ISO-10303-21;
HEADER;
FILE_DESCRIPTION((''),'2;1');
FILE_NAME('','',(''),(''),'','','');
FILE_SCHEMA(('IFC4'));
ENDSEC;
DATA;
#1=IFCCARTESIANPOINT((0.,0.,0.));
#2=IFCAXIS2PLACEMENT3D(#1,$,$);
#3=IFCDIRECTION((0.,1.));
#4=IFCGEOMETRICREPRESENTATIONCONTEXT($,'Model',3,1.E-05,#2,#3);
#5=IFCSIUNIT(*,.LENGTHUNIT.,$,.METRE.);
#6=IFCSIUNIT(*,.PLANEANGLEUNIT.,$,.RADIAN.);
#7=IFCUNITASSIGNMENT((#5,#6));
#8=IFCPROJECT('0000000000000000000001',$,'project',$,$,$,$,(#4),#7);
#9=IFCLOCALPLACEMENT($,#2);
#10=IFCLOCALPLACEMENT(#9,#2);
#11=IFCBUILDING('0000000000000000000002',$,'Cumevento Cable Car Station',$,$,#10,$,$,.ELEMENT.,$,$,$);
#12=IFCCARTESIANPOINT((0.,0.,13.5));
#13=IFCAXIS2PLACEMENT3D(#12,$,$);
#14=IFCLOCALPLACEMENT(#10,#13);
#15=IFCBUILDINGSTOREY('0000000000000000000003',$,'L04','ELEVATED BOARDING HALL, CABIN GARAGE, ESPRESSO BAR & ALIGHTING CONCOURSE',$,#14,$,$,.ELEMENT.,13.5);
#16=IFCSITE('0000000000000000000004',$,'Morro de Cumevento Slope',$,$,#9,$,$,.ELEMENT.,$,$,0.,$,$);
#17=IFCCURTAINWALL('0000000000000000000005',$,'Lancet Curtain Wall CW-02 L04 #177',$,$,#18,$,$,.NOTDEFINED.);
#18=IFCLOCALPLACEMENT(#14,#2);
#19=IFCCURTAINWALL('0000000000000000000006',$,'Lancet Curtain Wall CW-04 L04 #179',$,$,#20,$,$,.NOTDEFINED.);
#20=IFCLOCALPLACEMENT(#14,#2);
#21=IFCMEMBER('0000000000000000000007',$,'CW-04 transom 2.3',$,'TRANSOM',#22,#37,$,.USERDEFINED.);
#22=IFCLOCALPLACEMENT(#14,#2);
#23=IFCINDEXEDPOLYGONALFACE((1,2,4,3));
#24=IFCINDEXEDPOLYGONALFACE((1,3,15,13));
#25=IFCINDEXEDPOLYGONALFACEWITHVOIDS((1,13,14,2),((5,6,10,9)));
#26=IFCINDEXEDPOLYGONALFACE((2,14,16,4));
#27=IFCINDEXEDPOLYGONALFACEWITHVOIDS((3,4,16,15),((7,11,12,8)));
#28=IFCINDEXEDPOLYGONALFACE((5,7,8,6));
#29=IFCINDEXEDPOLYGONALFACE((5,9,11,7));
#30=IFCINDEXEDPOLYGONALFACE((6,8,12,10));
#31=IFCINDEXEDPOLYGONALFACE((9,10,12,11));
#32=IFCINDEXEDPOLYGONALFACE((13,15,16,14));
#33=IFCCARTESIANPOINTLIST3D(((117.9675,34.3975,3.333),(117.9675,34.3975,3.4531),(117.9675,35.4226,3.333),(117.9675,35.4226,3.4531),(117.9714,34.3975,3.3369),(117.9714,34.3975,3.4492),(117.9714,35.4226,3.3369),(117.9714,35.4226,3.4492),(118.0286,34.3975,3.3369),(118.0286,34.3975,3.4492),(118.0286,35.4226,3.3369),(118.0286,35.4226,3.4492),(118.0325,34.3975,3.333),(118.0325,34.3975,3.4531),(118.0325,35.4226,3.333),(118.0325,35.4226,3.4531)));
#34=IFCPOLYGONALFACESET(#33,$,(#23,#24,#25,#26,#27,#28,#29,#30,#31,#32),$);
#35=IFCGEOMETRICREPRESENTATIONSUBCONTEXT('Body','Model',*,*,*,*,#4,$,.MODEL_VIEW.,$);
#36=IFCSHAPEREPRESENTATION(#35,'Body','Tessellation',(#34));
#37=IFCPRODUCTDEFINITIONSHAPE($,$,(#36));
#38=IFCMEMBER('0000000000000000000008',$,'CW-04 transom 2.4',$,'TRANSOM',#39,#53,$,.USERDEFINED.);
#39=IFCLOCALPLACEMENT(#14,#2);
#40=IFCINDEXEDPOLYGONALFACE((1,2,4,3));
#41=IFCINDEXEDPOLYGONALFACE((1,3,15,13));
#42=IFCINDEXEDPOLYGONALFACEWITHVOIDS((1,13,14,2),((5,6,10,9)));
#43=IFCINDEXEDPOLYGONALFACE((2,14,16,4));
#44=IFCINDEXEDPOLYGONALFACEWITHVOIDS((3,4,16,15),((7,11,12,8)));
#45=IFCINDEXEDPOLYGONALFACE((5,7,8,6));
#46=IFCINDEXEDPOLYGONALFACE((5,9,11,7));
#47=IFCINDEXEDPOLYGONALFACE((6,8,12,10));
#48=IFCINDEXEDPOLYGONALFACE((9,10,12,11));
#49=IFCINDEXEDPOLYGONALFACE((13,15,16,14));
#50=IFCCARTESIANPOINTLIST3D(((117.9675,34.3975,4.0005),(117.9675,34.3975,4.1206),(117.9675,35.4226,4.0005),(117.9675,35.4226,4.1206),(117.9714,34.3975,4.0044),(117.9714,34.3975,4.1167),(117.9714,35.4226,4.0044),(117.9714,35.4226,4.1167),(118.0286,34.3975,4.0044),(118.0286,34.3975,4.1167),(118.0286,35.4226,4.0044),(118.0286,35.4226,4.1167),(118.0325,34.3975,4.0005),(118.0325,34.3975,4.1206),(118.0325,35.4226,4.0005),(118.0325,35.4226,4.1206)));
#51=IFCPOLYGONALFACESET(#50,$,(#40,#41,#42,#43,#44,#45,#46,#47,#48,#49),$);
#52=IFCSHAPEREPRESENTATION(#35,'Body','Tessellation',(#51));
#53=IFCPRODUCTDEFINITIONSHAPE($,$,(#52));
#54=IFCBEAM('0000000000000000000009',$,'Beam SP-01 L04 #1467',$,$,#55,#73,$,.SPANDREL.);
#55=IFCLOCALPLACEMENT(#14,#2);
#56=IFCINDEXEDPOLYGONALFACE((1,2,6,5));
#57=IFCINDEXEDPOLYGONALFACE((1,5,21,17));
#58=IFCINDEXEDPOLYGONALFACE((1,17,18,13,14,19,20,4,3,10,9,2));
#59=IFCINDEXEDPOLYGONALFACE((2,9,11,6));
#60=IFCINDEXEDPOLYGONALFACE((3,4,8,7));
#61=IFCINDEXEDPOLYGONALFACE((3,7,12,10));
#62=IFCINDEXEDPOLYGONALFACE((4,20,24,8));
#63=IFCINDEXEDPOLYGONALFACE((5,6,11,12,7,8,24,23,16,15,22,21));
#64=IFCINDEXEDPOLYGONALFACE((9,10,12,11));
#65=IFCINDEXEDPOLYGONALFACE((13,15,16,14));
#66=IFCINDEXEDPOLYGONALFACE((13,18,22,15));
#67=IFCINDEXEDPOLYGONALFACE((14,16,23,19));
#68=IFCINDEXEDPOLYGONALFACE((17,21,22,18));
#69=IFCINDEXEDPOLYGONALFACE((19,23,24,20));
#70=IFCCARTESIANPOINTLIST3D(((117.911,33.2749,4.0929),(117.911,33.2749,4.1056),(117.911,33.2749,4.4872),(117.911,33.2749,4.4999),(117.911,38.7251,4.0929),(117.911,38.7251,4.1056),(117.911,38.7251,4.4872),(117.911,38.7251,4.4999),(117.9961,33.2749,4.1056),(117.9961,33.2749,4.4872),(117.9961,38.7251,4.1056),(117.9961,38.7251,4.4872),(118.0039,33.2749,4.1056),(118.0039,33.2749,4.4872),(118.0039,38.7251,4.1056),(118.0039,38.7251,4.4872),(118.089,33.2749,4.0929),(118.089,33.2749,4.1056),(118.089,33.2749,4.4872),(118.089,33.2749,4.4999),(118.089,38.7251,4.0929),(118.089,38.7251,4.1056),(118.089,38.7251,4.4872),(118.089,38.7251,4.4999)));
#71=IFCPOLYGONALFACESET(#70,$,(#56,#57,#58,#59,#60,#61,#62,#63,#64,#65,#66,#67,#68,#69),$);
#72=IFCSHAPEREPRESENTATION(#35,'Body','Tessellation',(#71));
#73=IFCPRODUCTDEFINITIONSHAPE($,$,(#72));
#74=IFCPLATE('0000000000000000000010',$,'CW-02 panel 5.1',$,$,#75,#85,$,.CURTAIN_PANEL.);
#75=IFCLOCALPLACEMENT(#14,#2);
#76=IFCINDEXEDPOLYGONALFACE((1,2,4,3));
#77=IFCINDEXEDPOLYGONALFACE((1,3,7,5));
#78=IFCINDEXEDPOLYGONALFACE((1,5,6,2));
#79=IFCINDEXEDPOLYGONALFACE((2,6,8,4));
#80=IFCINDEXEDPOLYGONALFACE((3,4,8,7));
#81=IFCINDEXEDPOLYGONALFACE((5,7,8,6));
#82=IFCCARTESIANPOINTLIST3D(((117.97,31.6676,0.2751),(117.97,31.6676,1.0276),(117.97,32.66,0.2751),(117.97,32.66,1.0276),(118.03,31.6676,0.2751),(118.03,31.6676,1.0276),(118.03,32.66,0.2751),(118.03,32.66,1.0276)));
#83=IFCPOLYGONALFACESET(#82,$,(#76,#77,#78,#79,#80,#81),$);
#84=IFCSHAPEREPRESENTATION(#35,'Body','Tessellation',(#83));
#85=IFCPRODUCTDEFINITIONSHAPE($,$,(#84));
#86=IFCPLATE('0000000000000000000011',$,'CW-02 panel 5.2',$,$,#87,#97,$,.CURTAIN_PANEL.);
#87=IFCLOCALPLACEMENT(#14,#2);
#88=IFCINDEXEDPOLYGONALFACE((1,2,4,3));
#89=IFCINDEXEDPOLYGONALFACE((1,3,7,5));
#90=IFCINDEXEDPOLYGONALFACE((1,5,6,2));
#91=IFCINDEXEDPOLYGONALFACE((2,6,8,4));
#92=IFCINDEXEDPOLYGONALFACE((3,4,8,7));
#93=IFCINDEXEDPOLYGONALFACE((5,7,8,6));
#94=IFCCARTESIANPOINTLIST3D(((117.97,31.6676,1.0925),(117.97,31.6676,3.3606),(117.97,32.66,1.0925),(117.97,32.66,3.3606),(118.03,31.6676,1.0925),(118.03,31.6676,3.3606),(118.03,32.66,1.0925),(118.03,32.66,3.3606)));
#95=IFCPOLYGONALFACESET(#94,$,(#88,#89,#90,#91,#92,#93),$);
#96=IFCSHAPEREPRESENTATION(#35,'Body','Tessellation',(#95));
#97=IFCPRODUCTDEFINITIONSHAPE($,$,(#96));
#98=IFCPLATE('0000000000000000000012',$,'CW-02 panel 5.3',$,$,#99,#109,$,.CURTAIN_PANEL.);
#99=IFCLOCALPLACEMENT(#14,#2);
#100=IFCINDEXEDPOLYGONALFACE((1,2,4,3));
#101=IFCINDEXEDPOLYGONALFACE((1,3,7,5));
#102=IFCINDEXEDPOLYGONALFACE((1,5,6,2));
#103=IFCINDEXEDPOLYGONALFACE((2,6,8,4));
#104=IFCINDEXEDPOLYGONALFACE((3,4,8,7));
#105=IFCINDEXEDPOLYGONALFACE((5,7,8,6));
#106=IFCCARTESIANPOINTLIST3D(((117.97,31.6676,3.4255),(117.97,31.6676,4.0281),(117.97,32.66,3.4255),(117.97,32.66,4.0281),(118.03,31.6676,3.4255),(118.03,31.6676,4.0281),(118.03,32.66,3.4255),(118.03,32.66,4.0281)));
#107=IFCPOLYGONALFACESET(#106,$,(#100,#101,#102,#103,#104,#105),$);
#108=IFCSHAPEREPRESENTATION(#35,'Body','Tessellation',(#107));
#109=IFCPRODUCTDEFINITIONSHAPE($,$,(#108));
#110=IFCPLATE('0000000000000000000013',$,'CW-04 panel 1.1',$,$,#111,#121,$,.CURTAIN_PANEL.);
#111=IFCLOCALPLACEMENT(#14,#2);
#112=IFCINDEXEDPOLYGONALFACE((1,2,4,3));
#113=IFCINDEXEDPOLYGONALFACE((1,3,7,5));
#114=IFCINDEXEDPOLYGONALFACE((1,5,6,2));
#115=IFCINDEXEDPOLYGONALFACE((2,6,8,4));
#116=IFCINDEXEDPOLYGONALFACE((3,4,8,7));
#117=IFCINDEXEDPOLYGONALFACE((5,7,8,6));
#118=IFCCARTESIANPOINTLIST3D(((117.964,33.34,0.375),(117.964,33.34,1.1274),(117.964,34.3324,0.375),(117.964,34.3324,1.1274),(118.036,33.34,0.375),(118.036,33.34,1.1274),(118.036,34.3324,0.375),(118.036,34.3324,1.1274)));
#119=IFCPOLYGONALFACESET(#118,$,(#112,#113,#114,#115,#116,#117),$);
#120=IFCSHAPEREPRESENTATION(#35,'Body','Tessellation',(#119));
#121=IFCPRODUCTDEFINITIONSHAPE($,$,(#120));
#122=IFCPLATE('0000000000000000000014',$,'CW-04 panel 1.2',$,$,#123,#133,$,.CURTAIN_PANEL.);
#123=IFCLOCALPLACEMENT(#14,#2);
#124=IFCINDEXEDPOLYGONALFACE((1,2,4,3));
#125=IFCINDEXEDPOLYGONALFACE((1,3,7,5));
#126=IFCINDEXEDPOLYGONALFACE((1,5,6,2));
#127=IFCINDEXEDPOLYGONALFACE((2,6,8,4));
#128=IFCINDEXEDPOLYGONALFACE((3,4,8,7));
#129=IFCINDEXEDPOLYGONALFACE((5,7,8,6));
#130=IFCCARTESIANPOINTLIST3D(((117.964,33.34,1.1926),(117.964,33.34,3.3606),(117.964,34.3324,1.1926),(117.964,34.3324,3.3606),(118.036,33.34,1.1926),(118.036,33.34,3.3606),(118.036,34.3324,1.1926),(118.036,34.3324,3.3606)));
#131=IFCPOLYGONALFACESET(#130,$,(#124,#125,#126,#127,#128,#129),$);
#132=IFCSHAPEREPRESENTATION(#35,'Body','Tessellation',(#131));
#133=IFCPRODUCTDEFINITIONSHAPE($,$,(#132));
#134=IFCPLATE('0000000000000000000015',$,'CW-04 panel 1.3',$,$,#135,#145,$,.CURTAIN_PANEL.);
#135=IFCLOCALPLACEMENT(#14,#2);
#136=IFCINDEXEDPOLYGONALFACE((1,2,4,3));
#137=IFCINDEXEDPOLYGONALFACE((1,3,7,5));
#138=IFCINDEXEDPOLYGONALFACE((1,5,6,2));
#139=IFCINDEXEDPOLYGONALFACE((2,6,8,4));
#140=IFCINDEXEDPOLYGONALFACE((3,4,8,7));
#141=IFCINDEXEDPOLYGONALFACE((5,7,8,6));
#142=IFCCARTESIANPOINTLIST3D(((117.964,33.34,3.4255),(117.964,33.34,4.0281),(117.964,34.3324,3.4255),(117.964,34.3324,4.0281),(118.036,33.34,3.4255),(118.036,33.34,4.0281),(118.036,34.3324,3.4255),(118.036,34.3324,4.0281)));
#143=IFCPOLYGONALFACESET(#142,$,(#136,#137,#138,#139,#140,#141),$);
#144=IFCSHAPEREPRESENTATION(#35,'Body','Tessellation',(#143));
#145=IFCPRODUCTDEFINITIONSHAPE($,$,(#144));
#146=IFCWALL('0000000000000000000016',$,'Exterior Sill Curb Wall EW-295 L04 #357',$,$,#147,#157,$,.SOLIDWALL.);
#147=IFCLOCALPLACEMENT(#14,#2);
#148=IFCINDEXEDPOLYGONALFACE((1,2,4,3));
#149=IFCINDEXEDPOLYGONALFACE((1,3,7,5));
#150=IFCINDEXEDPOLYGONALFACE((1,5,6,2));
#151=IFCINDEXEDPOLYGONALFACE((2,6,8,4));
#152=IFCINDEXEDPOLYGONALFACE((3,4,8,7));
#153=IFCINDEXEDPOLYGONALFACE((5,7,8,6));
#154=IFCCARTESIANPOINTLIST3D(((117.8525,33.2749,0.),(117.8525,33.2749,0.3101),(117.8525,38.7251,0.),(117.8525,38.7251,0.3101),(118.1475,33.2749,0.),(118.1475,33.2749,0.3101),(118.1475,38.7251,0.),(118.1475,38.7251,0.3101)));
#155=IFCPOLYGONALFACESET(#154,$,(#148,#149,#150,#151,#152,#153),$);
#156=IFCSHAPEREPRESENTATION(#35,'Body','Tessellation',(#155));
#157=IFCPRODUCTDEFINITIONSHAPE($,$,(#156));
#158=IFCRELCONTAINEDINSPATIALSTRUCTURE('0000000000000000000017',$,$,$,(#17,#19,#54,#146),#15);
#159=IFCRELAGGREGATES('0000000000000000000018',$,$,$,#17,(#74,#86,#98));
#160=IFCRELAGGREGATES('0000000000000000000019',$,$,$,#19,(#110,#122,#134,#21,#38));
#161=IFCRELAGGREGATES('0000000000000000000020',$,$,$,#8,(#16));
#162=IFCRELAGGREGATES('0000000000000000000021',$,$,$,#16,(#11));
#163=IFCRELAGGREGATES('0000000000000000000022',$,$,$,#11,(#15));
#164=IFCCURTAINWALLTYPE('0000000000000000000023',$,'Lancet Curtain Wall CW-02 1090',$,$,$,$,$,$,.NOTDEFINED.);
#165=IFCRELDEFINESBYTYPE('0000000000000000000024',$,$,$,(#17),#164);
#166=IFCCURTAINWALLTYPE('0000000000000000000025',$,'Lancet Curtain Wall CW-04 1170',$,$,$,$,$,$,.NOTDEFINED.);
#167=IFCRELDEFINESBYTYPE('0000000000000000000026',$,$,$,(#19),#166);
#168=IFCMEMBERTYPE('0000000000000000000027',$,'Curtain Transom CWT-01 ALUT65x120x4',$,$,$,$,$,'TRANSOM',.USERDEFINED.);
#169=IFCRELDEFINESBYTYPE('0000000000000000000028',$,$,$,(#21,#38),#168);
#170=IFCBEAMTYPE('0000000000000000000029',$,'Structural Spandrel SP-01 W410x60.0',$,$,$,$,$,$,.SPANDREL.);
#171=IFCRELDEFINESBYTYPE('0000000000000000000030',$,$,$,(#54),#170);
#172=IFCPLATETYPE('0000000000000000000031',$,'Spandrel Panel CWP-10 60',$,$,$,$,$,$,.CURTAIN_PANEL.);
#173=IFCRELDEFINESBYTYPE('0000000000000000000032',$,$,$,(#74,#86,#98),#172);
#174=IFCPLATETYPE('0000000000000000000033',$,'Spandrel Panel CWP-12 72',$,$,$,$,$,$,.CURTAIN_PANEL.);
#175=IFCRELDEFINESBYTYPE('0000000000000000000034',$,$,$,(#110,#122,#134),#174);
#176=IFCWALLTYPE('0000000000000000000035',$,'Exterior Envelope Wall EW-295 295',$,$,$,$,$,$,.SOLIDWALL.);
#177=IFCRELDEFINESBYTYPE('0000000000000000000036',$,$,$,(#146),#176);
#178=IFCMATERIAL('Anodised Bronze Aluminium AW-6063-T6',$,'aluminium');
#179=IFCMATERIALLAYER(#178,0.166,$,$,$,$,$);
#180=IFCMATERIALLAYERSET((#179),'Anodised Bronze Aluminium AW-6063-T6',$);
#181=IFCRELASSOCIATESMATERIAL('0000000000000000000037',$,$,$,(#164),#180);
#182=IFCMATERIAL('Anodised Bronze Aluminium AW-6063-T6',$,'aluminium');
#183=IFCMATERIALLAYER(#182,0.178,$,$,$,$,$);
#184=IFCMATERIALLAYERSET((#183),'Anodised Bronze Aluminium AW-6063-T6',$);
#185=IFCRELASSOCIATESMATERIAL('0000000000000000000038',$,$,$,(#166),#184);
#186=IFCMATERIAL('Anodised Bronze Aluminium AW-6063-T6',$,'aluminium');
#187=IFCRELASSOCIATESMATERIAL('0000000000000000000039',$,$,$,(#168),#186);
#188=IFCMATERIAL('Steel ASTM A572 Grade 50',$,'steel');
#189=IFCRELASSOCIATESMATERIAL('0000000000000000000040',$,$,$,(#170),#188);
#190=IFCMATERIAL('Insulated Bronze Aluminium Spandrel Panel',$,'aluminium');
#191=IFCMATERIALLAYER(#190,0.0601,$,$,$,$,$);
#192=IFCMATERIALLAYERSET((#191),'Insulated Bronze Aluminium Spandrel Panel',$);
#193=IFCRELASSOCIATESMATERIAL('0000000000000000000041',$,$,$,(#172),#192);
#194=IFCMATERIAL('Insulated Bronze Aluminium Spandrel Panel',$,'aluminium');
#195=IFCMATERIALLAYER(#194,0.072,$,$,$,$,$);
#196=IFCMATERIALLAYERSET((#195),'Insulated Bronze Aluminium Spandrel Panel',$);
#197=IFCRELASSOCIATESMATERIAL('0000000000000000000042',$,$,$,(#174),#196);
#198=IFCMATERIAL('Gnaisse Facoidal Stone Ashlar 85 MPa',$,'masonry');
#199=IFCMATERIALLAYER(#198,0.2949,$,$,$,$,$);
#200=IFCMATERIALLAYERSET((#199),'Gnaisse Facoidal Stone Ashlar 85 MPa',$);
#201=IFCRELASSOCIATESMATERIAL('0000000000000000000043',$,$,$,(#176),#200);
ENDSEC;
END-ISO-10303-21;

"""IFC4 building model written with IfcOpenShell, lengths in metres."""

from ifc_helpers import new_model, si_unit, direction, frame, frame_2d, origin, origin_2d, place, context, subcontext, project, spatial, rectangle, hollow_rectangle, i_section, extrude, material, layer, layer_set, material_profile, profile_set, type_object, element, aggregate, save


model = new_model("IFC4")

# Units and contexts
model_context = context("Model", 3, precision=1e-05, world=origin(), true_north=direction((0.0, 1.0)))
body_context = subcontext(model_context, "Body", "Model", "MODEL_VIEW")
ifc_project = project(units=[si_unit("LENGTHUNIT", "METRE"), si_unit("PLANEANGLEUNIT", "RADIAN")], contexts=[model_context])

# Site, building, storey
site_placement = place(None, origin())
site = spatial("IfcSite", under=ifc_project, at=site_placement, Name="Morro de Cumevento Slope", CompositionType="ELEMENT", RefElevation=0.0)
building_placement = place(site_placement, origin())
building = spatial("IfcBuilding", under=site, at=building_placement, Name="Cumevento Cable Car Station", CompositionType="ELEMENT")
storey_placement = place(building_placement, frame((0.0, 0.0, 13.5)))
storey = spatial("IfcBuildingStorey", under=building, at=storey_placement, Name="L04", Description="ELEVATED BOARDING HALL, CABIN GARAGE, ESPRESSO BAR & ALIGHTING CONCOURSE", CompositionType="ELEMENT", Elevation=13.5)

# Curtain wall
ifc_material_1 = material(Name="Anodised Bronze Aluminium AW-6063-T6", Category="aluminium")
ifc_layer_1 = layer(ifc_material_1, 0.166)
ifc_layer_set_1 = layer_set([ifc_layer_1], Name="Anodised Bronze Aluminium AW-6063-T6")
curtain_wall_type_1 = type_object("IfcCurtainWallType", Name="Lancet Curtain Wall CW-02 1090", PredefinedType="NOTDEFINED", material=ifc_layer_set_1)
curtain_wall_1_placement = place(storey_placement, origin())
curtain_wall_1 = element("IfcCurtainWall", 1, at=curtain_wall_1_placement, inside=storey, type_object=curtain_wall_type_1, Name="Lancet Curtain Wall CW-02 L04 #177", PredefinedType="NOTDEFINED")

# Curtain wall
ifc_material_2 = material(Name="Anodised Bronze Aluminium AW-6063-T6", Category="aluminium")
ifc_layer_2 = layer(ifc_material_2, 0.178)
ifc_layer_set_2 = layer_set([ifc_layer_2], Name="Anodised Bronze Aluminium AW-6063-T6")
curtain_wall_type_2 = type_object("IfcCurtainWallType", Name="Lancet Curtain Wall CW-04 1170", PredefinedType="NOTDEFINED", material=ifc_layer_set_2)
curtain_wall_2_placement = place(storey_placement, origin())
curtain_wall_2 = element("IfcCurtainWall", 2, at=curtain_wall_2_placement, inside=storey, type_object=curtain_wall_type_2, Name="Lancet Curtain Wall CW-04 L04 #179", PredefinedType="NOTDEFINED")

# Members
ifc_material_3 = material(Name="Anodised Bronze Aluminium AW-6063-T6", Category="aluminium")
ifc_material_profile_1 = material_profile(ifc_material_3, hollow_rectangle(XDim=0.0649, YDim=0.1201, WallThickness=0.0039, at=origin_2d()), Name="ALUT65x120x4")
ifc_profile_set_1 = profile_set([ifc_material_profile_1], Name="Anodised Bronze Aluminium AW-6063-T6")
member_type_1 = type_object("IfcMemberType", Name="Curtain Transom CWT-01 ALUT65x120x4", ElementType="TRANSOM", PredefinedType="USERDEFINED", material=ifc_profile_set_1)
member_1_placement = place(storey_placement, frame((118.0, 34.3975, 3.3931), z_axis=(0.0, 1.0, 0.0), x_axis=(-1.0, 0.0, 0.0)))
member_1 = element("IfcMember", 3, at=member_1_placement, type_object=member_type_1, Name="CW-04 transom 2.3", ObjectType="TRANSOM", PredefinedType="USERDEFINED", context=body_context, shape_type="SweptSolid", body=[
    extrude(hollow_rectangle(XDim=0.0649, YDim=0.1201, WallThickness=0.0039, at=origin_2d()), origin(), (0.0, 0.0, 1.0), 1.0251),
])
member_2_placement = place(storey_placement, frame((118.0, 34.3975, 4.0605), z_axis=(0.0, 1.0, 0.0), x_axis=(-1.0, 0.0, 0.0)))
member_2 = element("IfcMember", 4, at=member_2_placement, type_object=member_type_1, Name="CW-04 transom 2.4", ObjectType="TRANSOM", PredefinedType="USERDEFINED", context=body_context, shape_type="SweptSolid", body=[
    extrude(hollow_rectangle(XDim=0.0649, YDim=0.1201, WallThickness=0.0039, at=origin_2d()), origin(), (0.0, 0.0, 1.0), 1.0251),
])

# Beam
ifc_material_4 = material(Name="Steel ASTM A572 Grade 50", Category="steel")
ifc_material_profile_2 = material_profile(ifc_material_4, i_section(OverallWidth=0.178, OverallDepth=0.407, WebThickness=0.0078, FlangeThickness=0.0127, at=origin_2d()), Name="W410x60.0")
ifc_profile_set_2 = profile_set([ifc_material_profile_2], Name="Steel ASTM A572 Grade 50")
beam_type = type_object("IfcBeamType", Name="Structural Spandrel SP-01 W410x60.0", PredefinedType="SPANDREL", material=ifc_profile_set_2)
beam_placement = place(storey_placement, frame((118.0, 33.2749, 4.2964), z_axis=(0.0, 1.0, 0.0), x_axis=(-1.0, 0.0, 0.0)))
element("IfcBeam", 5, at=beam_placement, inside=storey, type_object=beam_type, Name="Beam SP-01 L04 #1467", PredefinedType="SPANDREL", context=body_context, shape_type="SweptSolid", body=[
    extrude(i_section(OverallWidth=0.178, OverallDepth=0.407, WebThickness=0.0078, FlangeThickness=0.0127, at=origin_2d()), origin(), (0.0, 0.0, 1.0), 5.4502),
])

# Plates
ifc_material_5 = material(Name="Insulated Bronze Aluminium Spandrel Panel", Category="aluminium")
ifc_layer_3 = layer(ifc_material_5, 0.0601)
ifc_layer_set_3 = layer_set([ifc_layer_3], Name="Insulated Bronze Aluminium Spandrel Panel")
plate_type_1 = type_object("IfcPlateType", Name="Spandrel Panel CWP-10 60", PredefinedType="CURTAIN_PANEL", material=ifc_layer_set_3)
plate_1_placement = place(storey_placement, frame((118.0, 32.1638, 0.2751), z_axis=(0.0, 0.0, 1.0), x_axis=(0.0, 1.0, 0.0)))
plate_1 = element("IfcPlate", 6, at=plate_1_placement, type_object=plate_type_1, Name="CW-02 panel 5.1", PredefinedType="CURTAIN_PANEL", context=body_context, shape_type="SweptSolid", body=[
    extrude(rectangle(XDim=0.9924, YDim=0.0601, at=origin_2d()), origin(), (0.0, 0.0, 1.0), 0.7524),
])
plate_2_placement = place(storey_placement, frame((118.0, 32.1638, 1.0925), z_axis=(0.0, 0.0, 1.0), x_axis=(0.0, 1.0, 0.0)))
plate_2 = element("IfcPlate", 7, at=plate_2_placement, type_object=plate_type_1, Name="CW-02 panel 5.2", PredefinedType="CURTAIN_PANEL", context=body_context, shape_type="SweptSolid", body=[
    extrude(rectangle(XDim=0.9924, YDim=0.0601, at=origin_2d()), origin(), (0.0, 0.0, 1.0), 2.2681),
])
plate_3_placement = place(storey_placement, frame((118.0, 32.1638, 3.4255), z_axis=(0.0, 0.0, 1.0), x_axis=(0.0, 1.0, 0.0)))
plate_3 = element("IfcPlate", 8, at=plate_3_placement, type_object=plate_type_1, Name="CW-02 panel 5.3", PredefinedType="CURTAIN_PANEL", context=body_context, shape_type="SweptSolid", body=[
    extrude(rectangle(XDim=0.9924, YDim=0.0601, at=origin_2d()), origin(), (0.0, 0.0, 1.0), 0.6025),
])
aggregate(curtain_wall_1, [plate_1, plate_2, plate_3])
ifc_material_6 = material(Name="Insulated Bronze Aluminium Spandrel Panel", Category="aluminium")
ifc_layer_4 = layer(ifc_material_6, 0.072)
ifc_layer_set_4 = layer_set([ifc_layer_4], Name="Insulated Bronze Aluminium Spandrel Panel")
plate_type_2 = type_object("IfcPlateType", Name="Spandrel Panel CWP-12 72", PredefinedType="CURTAIN_PANEL", material=ifc_layer_set_4)
plate_4_placement = place(storey_placement, frame((118.0, 33.8362, 0.375), z_axis=(0.0, 0.0, 1.0), x_axis=(0.0, 1.0, 0.0)))
plate_4 = element("IfcPlate", 9, at=plate_4_placement, type_object=plate_type_2, Name="CW-04 panel 1.1", PredefinedType="CURTAIN_PANEL", context=body_context, shape_type="SweptSolid", body=[
    extrude(rectangle(XDim=0.9924, YDim=0.072, at=origin_2d()), origin(), (0.0, 0.0, 1.0), 0.7524),
])
plate_5_placement = place(storey_placement, frame((118.0, 33.8362, 1.1926), z_axis=(0.0, 0.0, 1.0), x_axis=(0.0, 1.0, 0.0)))
plate_5 = element("IfcPlate", 10, at=plate_5_placement, type_object=plate_type_2, Name="CW-04 panel 1.2", PredefinedType="CURTAIN_PANEL", context=body_context, shape_type="SweptSolid", body=[
    extrude(rectangle(XDim=0.9924, YDim=0.072, at=origin_2d()), origin(), (0.0, 0.0, 1.0), 2.168),
])
plate_6_placement = place(storey_placement, frame((118.0, 33.8362, 3.4255), z_axis=(0.0, 0.0, 1.0), x_axis=(0.0, 1.0, 0.0)))
plate_6 = element("IfcPlate", 11, at=plate_6_placement, type_object=plate_type_2, Name="CW-04 panel 1.3", PredefinedType="CURTAIN_PANEL", context=body_context, shape_type="SweptSolid", body=[
    extrude(rectangle(XDim=0.9924, YDim=0.072, at=origin_2d()), origin(), (0.0, 0.0, 1.0), 0.6025),
])
aggregate(curtain_wall_2, [plate_4, plate_5, plate_6, member_1, member_2])

# Wall
ifc_material_7 = material(Name="Gnaisse Facoidal Stone Ashlar 85 MPa", Category="masonry")
ifc_layer_5 = layer(ifc_material_7, 0.2949)
ifc_layer_set_5 = layer_set([ifc_layer_5], Name="Gnaisse Facoidal Stone Ashlar 85 MPa")
wall_type = type_object("IfcWallType", Name="Exterior Envelope Wall EW-295 295", PredefinedType="SOLIDWALL", material=ifc_layer_set_5)
wall_placement = place(storey_placement, frame((118.0, 33.2749, 0.0), z_axis=(0.0, 0.0, 1.0), x_axis=(0.0, 1.0, 0.0)))
element("IfcWall", 12, at=wall_placement, inside=storey, type_object=wall_type, Name="Exterior Sill Curb Wall EW-295 L04 #357", PredefinedType="SOLIDWALL", context=body_context, shape_type="SweptSolid", body=[
    extrude(rectangle(XDim=5.4502, YDim=0.2949, at=frame_2d((2.7251, 0.0))), origin(), (0.0, 0.0, 1.0), 0.3101),
])

save(model, "model.ifc")
